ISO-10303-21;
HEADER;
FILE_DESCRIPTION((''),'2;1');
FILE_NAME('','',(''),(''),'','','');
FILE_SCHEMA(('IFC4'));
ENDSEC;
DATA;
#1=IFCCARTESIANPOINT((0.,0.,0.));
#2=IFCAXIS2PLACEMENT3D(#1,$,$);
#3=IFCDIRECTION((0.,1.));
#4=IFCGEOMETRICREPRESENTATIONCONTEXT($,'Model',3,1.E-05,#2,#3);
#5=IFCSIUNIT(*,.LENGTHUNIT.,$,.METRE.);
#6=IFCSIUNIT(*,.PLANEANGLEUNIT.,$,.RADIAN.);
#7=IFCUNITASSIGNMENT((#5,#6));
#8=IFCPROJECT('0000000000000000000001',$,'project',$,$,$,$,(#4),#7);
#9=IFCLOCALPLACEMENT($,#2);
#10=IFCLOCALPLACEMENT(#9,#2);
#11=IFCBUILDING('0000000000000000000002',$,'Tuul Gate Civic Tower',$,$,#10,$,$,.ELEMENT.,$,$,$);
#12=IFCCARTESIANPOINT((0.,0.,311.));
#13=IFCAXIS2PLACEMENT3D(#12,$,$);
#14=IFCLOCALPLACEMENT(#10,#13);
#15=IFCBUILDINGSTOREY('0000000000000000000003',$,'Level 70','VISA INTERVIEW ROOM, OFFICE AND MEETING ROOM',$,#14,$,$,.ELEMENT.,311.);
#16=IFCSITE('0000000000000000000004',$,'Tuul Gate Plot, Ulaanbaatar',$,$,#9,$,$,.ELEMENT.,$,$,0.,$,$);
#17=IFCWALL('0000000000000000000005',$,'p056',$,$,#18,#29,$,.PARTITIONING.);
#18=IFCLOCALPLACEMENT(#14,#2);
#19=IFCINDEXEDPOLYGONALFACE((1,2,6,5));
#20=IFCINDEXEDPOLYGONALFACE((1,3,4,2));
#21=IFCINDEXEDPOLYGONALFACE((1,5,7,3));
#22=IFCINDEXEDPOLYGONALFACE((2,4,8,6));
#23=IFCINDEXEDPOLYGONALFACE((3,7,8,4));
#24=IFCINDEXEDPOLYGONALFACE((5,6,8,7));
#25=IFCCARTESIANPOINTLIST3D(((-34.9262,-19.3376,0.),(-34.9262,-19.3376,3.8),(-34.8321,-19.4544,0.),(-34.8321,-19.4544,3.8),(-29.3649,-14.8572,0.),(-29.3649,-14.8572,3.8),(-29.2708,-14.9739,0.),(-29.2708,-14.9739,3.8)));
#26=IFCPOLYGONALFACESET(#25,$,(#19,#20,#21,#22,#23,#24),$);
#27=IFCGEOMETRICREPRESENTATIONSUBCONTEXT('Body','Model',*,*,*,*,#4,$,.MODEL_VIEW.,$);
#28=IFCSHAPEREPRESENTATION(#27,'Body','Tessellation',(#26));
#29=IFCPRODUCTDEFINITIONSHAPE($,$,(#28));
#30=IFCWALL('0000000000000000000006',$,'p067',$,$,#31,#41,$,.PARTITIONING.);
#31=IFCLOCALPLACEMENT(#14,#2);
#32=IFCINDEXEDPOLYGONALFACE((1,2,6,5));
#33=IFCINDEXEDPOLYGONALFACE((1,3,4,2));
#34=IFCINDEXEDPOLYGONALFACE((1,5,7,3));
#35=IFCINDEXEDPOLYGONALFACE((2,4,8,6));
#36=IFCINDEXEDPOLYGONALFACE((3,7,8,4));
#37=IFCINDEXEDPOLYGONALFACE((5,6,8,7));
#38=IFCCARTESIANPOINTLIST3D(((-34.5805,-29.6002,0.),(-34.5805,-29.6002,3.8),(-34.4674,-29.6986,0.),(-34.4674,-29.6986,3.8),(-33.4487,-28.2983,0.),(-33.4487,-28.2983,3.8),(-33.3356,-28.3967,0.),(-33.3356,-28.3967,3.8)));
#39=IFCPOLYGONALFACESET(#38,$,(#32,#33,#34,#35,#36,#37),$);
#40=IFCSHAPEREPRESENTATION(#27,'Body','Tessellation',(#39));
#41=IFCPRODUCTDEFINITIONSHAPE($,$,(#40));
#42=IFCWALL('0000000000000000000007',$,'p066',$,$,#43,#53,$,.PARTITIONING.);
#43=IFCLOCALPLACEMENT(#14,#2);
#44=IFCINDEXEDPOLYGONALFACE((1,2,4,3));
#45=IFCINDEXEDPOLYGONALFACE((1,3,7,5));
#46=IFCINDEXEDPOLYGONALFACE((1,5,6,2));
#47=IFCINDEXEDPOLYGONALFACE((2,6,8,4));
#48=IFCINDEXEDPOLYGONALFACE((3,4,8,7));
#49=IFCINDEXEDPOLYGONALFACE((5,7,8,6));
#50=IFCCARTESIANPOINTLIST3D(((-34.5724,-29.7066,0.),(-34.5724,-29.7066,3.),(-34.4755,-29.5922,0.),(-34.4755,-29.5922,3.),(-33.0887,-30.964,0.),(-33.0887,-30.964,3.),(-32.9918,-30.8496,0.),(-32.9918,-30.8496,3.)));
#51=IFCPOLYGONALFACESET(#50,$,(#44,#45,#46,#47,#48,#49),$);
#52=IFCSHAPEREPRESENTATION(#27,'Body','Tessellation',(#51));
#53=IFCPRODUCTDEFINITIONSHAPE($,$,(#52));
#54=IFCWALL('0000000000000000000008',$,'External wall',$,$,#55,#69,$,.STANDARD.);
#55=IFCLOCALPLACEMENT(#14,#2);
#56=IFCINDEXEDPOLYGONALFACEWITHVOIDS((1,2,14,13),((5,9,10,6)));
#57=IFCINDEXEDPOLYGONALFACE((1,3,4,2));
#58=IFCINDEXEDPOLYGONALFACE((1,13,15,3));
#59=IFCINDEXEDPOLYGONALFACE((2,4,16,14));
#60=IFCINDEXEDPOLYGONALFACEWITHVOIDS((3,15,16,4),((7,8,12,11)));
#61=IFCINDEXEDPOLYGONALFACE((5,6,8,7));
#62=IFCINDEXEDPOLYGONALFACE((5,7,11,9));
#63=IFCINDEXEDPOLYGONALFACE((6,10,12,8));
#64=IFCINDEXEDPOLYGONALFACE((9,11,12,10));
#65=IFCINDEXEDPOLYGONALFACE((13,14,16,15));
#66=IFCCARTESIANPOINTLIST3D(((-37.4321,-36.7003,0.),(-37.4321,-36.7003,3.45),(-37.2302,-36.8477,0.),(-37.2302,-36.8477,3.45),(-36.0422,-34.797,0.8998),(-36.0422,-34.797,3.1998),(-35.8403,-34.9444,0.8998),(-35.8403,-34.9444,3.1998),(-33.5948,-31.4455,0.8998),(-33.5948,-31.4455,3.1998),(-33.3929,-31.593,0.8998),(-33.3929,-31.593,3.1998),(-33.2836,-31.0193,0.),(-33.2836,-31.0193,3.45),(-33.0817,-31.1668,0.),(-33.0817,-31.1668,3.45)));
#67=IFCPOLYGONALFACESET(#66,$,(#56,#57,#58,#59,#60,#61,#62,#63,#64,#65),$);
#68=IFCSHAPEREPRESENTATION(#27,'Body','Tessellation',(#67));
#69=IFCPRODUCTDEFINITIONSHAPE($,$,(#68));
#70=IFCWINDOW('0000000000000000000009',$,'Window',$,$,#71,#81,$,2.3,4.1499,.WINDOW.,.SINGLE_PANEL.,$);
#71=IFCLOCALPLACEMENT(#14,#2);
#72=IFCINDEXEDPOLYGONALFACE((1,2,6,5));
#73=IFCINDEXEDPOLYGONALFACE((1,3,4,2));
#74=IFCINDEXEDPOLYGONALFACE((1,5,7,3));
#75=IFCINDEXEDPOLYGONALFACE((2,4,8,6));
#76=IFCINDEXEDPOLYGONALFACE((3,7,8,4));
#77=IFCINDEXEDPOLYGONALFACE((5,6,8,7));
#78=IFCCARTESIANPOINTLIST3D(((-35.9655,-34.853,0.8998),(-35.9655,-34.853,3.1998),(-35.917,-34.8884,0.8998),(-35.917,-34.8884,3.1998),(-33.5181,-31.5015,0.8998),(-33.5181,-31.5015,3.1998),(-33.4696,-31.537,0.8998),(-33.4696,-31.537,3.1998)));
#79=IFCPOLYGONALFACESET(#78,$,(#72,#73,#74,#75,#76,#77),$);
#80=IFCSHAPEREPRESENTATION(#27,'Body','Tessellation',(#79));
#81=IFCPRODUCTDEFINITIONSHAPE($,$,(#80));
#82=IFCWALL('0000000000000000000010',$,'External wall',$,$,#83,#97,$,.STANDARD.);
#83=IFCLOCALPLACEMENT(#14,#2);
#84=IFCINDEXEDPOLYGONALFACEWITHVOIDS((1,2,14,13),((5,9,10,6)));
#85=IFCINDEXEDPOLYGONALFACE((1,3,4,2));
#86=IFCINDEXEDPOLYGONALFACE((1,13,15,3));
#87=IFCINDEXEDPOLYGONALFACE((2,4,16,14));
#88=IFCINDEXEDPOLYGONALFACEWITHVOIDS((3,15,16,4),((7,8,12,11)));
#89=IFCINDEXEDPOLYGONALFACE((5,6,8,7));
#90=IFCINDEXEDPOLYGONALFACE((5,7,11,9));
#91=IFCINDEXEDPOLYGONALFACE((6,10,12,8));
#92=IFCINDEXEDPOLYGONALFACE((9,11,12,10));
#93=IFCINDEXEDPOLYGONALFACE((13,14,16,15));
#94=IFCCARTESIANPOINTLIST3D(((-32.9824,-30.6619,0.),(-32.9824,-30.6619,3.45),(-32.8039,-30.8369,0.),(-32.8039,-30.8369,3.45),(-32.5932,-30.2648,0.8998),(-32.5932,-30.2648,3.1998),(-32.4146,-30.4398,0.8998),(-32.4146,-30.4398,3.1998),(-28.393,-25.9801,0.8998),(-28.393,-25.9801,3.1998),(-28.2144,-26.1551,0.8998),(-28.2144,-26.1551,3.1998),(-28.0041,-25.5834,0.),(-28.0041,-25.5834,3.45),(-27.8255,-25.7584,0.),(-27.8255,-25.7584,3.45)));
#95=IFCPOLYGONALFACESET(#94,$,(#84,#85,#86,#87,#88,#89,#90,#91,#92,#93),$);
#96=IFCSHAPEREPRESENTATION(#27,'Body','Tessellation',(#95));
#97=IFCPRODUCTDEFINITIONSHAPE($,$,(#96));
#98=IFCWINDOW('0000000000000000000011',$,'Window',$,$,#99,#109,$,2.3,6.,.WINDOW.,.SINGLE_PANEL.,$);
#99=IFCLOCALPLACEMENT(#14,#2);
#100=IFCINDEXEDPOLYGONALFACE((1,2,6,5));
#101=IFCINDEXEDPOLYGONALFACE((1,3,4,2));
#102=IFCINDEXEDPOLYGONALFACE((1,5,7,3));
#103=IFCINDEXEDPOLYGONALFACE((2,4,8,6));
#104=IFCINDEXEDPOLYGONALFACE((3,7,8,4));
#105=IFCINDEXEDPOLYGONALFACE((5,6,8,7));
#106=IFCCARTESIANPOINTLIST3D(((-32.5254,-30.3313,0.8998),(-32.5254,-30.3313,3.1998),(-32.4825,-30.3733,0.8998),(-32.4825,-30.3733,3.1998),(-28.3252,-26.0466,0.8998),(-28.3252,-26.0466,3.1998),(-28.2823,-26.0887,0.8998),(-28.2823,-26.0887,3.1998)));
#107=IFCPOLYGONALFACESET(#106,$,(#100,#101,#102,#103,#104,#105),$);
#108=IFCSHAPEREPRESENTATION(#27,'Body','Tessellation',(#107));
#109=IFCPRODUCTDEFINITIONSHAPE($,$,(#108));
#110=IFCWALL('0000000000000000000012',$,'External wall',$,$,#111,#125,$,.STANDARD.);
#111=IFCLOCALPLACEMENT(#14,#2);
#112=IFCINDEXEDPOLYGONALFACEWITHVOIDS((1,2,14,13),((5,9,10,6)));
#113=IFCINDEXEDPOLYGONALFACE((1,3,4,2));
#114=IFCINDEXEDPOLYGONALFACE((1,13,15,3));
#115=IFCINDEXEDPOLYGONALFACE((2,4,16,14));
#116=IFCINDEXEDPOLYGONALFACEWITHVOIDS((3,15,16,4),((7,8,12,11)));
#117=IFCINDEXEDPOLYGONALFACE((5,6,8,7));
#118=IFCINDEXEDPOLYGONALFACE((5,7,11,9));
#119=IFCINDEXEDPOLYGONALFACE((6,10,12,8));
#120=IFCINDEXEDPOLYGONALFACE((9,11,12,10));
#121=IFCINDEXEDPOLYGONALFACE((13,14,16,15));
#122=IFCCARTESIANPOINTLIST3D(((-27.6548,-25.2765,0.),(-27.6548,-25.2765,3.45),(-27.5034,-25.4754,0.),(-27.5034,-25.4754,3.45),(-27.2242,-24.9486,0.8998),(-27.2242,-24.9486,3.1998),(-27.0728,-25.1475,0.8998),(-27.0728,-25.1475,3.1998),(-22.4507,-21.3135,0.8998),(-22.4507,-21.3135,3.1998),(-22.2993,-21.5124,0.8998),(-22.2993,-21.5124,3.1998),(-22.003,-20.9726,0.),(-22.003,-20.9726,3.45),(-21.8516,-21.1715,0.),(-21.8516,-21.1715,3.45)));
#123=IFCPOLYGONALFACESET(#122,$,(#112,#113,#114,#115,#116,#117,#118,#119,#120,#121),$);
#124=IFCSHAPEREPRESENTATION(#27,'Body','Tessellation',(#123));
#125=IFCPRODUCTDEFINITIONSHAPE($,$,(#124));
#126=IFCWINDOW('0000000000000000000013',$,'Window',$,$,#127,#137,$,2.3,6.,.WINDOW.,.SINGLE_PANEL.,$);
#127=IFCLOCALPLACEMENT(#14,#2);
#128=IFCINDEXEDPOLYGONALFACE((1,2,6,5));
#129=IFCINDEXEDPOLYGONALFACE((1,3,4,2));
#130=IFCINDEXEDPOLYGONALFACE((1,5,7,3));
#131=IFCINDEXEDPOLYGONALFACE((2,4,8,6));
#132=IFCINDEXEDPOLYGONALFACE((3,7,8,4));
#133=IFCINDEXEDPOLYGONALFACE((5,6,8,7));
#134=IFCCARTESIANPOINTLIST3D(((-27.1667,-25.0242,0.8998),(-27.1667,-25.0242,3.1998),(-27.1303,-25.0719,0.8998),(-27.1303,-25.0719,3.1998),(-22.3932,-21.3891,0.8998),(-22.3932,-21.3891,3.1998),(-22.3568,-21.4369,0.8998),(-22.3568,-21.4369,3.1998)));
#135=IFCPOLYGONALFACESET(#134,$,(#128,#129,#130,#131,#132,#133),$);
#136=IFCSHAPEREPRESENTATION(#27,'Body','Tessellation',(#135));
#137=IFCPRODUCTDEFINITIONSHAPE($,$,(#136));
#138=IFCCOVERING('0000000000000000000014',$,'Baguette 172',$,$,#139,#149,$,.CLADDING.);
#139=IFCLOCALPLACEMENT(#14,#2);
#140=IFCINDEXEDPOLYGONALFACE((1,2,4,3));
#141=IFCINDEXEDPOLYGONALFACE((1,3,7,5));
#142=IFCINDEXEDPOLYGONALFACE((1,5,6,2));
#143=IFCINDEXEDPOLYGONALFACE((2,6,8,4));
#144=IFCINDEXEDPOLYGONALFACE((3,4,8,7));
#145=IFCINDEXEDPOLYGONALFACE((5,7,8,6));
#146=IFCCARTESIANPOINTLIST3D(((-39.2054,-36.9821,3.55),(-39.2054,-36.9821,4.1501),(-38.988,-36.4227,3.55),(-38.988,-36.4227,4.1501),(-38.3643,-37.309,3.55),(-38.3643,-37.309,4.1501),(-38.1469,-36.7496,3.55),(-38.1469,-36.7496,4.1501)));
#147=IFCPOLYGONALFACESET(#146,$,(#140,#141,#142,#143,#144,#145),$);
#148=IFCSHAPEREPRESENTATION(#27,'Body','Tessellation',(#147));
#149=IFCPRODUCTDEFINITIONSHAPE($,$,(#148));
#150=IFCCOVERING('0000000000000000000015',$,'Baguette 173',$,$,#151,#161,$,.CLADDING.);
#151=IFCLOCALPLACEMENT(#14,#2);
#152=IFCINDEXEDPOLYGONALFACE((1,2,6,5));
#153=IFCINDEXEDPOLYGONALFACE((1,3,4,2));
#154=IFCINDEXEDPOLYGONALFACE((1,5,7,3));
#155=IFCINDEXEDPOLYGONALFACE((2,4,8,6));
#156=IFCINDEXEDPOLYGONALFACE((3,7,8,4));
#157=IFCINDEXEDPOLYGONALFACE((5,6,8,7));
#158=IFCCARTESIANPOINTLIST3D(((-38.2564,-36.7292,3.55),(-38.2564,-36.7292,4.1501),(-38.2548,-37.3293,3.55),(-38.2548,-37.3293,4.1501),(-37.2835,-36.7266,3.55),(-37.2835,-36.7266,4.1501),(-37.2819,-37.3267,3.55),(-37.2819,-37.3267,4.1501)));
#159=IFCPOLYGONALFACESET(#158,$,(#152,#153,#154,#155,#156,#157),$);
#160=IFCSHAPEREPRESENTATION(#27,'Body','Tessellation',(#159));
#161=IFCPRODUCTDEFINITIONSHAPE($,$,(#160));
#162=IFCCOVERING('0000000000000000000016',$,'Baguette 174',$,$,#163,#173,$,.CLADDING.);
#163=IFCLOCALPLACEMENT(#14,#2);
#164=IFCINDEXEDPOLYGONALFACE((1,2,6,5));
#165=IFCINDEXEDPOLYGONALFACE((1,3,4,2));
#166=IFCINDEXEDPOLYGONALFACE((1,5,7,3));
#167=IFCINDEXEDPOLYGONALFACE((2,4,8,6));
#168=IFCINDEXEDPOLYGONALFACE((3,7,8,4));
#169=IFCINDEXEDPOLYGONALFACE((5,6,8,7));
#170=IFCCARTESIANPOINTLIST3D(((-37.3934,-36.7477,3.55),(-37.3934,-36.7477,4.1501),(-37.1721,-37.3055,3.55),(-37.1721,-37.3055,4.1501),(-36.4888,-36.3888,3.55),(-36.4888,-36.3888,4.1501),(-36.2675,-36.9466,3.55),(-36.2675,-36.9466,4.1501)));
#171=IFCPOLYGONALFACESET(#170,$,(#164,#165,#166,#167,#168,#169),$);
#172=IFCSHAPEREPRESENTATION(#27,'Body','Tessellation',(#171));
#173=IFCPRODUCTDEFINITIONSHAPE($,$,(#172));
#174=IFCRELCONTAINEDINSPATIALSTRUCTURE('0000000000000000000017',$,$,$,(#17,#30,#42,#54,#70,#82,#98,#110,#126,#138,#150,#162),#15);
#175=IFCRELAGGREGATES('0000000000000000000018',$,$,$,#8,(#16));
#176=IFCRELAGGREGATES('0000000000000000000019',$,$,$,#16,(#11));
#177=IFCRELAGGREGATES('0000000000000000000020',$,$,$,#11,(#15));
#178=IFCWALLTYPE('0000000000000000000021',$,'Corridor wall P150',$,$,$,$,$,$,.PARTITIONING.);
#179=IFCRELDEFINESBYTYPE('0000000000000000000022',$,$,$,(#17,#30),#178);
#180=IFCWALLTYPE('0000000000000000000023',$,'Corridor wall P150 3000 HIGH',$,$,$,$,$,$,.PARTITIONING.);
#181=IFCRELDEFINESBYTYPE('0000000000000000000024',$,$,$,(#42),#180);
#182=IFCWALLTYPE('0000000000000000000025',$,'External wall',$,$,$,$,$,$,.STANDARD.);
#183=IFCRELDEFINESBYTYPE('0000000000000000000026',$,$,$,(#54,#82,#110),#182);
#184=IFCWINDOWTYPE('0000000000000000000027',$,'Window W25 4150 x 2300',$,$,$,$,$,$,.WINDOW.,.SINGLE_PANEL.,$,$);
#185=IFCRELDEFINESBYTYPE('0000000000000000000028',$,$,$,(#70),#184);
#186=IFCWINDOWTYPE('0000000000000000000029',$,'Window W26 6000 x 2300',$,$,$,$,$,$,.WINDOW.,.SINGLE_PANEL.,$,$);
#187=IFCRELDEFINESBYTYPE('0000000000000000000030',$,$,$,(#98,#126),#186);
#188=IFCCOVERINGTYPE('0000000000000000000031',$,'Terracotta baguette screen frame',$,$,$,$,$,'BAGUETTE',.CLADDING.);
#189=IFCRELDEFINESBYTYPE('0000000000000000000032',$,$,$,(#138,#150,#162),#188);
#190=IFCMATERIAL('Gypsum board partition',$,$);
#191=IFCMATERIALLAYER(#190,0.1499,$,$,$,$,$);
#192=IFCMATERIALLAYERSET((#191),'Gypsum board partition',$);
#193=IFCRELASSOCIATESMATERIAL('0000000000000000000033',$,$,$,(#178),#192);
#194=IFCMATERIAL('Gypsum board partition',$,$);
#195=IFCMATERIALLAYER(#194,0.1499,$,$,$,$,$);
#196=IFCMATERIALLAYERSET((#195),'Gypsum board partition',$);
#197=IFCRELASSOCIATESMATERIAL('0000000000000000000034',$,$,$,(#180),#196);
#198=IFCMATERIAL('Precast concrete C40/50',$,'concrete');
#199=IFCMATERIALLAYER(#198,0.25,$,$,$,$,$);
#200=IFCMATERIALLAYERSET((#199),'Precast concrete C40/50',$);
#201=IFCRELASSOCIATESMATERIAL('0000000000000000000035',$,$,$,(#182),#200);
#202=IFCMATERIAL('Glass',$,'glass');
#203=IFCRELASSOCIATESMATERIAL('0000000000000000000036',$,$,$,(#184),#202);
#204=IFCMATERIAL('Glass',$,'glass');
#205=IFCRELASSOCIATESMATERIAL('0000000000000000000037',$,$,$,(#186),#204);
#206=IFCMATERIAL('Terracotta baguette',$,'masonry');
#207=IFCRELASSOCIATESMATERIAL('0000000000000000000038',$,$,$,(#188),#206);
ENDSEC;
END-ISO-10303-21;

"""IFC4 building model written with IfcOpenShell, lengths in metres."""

from ifc_helpers import new_model, si_unit, direction, frame, frame_2d, origin, origin_2d, place, context, subcontext, project, spatial, rectangle, extrude, material, layer, layer_set, material_profile, profile_set, type_object, element, fill, save


model = new_model("IFC4")

# Units and contexts
model_context = context("Model", 3, precision=1e-05, world=origin(), true_north=direction((0.0, 1.0)))
body_context = subcontext(model_context, "Body", "Model", "MODEL_VIEW")
ifc_project = project(units=[si_unit("LENGTHUNIT", "METRE"), si_unit("PLANEANGLEUNIT", "RADIAN")], contexts=[model_context])

# Site, building, storey
site_placement = place(None, origin())
site = spatial("IfcSite", under=ifc_project, at=site_placement, Name="Tuul Gate Plot, Ulaanbaatar", CompositionType="ELEMENT", RefElevation=0.0)
building_placement = place(site_placement, origin())
building = spatial("IfcBuilding", under=site, at=building_placement, Name="Tuul Gate Civic Tower", CompositionType="ELEMENT")
storey_placement = place(building_placement, frame((0.0, 0.0, 311.0)))
storey = spatial("IfcBuildingStorey", under=building, at=storey_placement, Name="Level 70", Description="VISA INTERVIEW ROOM, OFFICE AND MEETING ROOM", CompositionType="ELEMENT", Elevation=311.0)

# Walls
ifc_material_1 = material(Name="Gypsum board partition")
ifc_layer_1 = layer(ifc_material_1, 0.1499)
ifc_layer_set_1 = layer_set([ifc_layer_1], Name="Gypsum board partition")
wall_type_1 = type_object("IfcWallType", Name="Corridor wall P150", PredefinedType="PARTITIONING", material=ifc_layer_set_1)
wall_1_placement = place(storey_placement, frame((-34.8792, -19.396, 0.0), z_axis=(0.0, 0.0, 1.0), x_axis=(0.778716, 0.627376, 0.0)))
element("IfcWall", 1, at=wall_1_placement, inside=storey, type_object=wall_type_1, Name="p056", PredefinedType="PARTITIONING", context=body_context, shape_type="SweptSolid", body=[
    extrude(rectangle(XDim=7.1416, YDim=0.1499, at=frame_2d((3.5708, 0.0))), origin(), (0.0, 0.0, 1.0), 3.8),
])
wall_2_placement = place(storey_placement, frame((-34.5239, -29.6494, 0.0), z_axis=(0.0, 0.0, 1.0), x_axis=(0.656067, 0.754703, 0.0)))
element("IfcWall", 2, at=wall_2_placement, inside=storey, type_object=wall_type_1, Name="p067", PredefinedType="PARTITIONING", context=body_context, shape_type="SweptSolid", body=[
    extrude(rectangle(XDim=1.7251, YDim=0.1499, at=frame_2d((0.8625, 0.0))), origin(), (0.0, 0.0, 1.0), 3.8),
])
ifc_material_2 = material(Name="Gypsum board partition")
ifc_layer_2 = layer(ifc_material_2, 0.1499)
ifc_layer_set_2 = layer_set([ifc_layer_2], Name="Gypsum board partition")
wall_type_2 = type_object("IfcWallType", Name="Corridor wall P150 3000 HIGH", PredefinedType="PARTITIONING", material=ifc_layer_set_2)
wall_3_placement = place(storey_placement, frame((-34.5239, -29.6494, 0.0), z_axis=(0.0, 0.0, 1.0), x_axis=(0.762896, -0.646522, 0.0)))
element("IfcWall", 3, at=wall_3_placement, inside=storey, type_object=wall_type_2, Name="p066", PredefinedType="PARTITIONING", context=body_context, shape_type="SweptSolid", body=[
    extrude(rectangle(XDim=1.9448, YDim=0.1499, at=frame_2d((0.9724, 0.0))), origin(), (0.0, 0.0, 1.0), 3.0),
])

# Walls, openings, windows
ifc_material_3 = material(Name="Precast concrete C40/50", Category="concrete")
ifc_layer_3 = layer(ifc_material_3, 0.25)
ifc_layer_set_3 = layer_set([ifc_layer_3], Name="Precast concrete C40/50")
wall_type_3 = type_object("IfcWallType", Name="External wall", PredefinedType="STANDARD", material=ifc_layer_set_3)
wall_4_placement = place(storey_placement, frame((-37.3311, -36.7739, 0.0), z_axis=(0.0, 0.0, 1.0), x_axis=(0.589739, 0.807594, 0.0)))
wall_4 = element("IfcWall", 4, at=wall_4_placement, inside=storey, type_object=wall_type_3, Name="External wall", PredefinedType="STANDARD", context=body_context, shape_type="SweptSolid", body=[
    extrude(rectangle(XDim=7.0344, YDim=0.25, at=frame_2d((3.5171, 0.0))), origin(), (0.0, 0.0, 1.0), 3.45),
])
opening_1_placement = place(wall_4_placement, frame((2.3567, 0.0, 0.8999)))
opening_1 = element("IfcOpeningElement", 5, at=opening_1_placement, cuts=wall_4, PredefinedType="OPENING", context=body_context, shape_type="SweptSolid", body=[
    extrude(rectangle(XDim=4.1499, YDim=2.3, at=frame_2d((2.075, 1.1499))), frame((0.0, 0.135, 0.0), z_axis=(0.0, -1.0, 0.0), x_axis=(1.0, 0.0, 0.0)), (0.0, 0.0, 1.0), 0.27),
])
ifc_material_4 = material(Name="Glass", Category="glass")
window_type_1 = type_object("IfcWindowType", Name="Window W25 4150 x 2300", PartitioningType="SINGLE_PANEL", PredefinedType="WINDOW", material=ifc_material_4)
window_1_placement = place(opening_1_placement, origin())
window_1 = element("IfcWindow", 6, at=window_1_placement, inside=storey, type_object=window_type_1, Name="Window", OverallHeight=2.3, OverallWidth=4.1499, PartitioningType="SINGLE_PANEL", PredefinedType="WINDOW", context=body_context, shape_type="SweptSolid", body=[
    extrude(rectangle(XDim=4.1499, YDim=2.3, at=frame_2d((2.075, 1.1499))), frame((0.0, 0.03, 0.0), z_axis=(0.0, -1.0, 0.0), x_axis=(1.0, 0.0, 0.0)), (0.0, 0.0, 1.0), 0.0601),
])
fill(opening_1, window_1)
wall_5_placement = place(storey_placement, frame((-32.8931, -30.7493, 0.0), z_axis=(0.0, 0.0, 1.0), x_axis=(0.700034, 0.71411, 0.0)))
wall_5 = element("IfcWall", 7, at=wall_5_placement, inside=storey, type_object=wall_type_3, Name="External wall", PredefinedType="STANDARD", context=body_context, shape_type="SweptSolid", body=[
    extrude(rectangle(XDim=7.1116, YDim=0.25, at=frame_2d((3.5557, 0.0))), origin(), (0.0, 0.0, 1.0), 3.45),
])
opening_2_placement = place(wall_5_placement, frame((0.5559, 0.0, 0.8999)))
opening_2 = element("IfcOpeningElement", 8, at=opening_2_placement, cuts=wall_5, PredefinedType="OPENING", context=body_context, shape_type="SweptSolid", body=[
    extrude(rectangle(XDim=6.0, YDim=2.3, at=frame_2d((3.0, 1.1499))), frame((0.0, 0.135, 0.0), z_axis=(0.0, -1.0, 0.0), x_axis=(1.0, 0.0, 0.0)), (0.0, 0.0, 1.0), 0.27),
])
ifc_material_5 = material(Name="Glass", Category="glass")
window_type_2 = type_object("IfcWindowType", Name="Window W26 6000 x 2300", PartitioningType="SINGLE_PANEL", PredefinedType="WINDOW", material=ifc_material_5)
window_2_placement = place(opening_2_placement, origin())
window_2 = element("IfcWindow", 9, at=window_2_placement, inside=storey, type_object=window_type_2, Name="Window", OverallHeight=2.3, OverallWidth=6.0, PartitioningType="SINGLE_PANEL", PredefinedType="WINDOW", context=body_context, shape_type="SweptSolid", body=[
    extrude(rectangle(XDim=6.0, YDim=2.3, at=frame_2d((3.0, 1.1499))), frame((0.0, 0.03, 0.0), z_axis=(0.0, -1.0, 0.0), x_axis=(1.0, 0.0, 0.0)), (0.0, 0.0, 1.0), 0.0601),
])
fill(opening_2, window_2)
wall_6_placement = place(storey_placement, frame((-27.5791, -25.376, 0.0), z_axis=(0.0, 0.0, 1.0), x_axis=(0.795582, 0.605845, 0.0)))
wall_6 = element("IfcWall", 10, at=wall_6_placement, inside=storey, type_object=wall_type_3, Name="External wall", PredefinedType="STANDARD", context=body_context, shape_type="SweptSolid", body=[
    extrude(rectangle(XDim=7.104, YDim=0.25, at=frame_2d((3.552, 0.0))), origin(), (0.0, 0.0, 1.0), 3.45),
])
opening_3_placement = place(wall_6_placement, frame((0.5413, 0.0, 0.8999)))
opening_3 = element("IfcOpeningElement", 11, at=opening_3_placement, cuts=wall_6, PredefinedType="OPENING", context=body_context, shape_type="SweptSolid", body=[
    extrude(rectangle(XDim=6.0, YDim=2.3, at=frame_2d((3.0, 1.1499))), frame((0.0, 0.135, 0.0), z_axis=(0.0, -1.0, 0.0), x_axis=(1.0, 0.0, 0.0)), (0.0, 0.0, 1.0), 0.27),
])
window_3_placement = place(opening_3_placement, origin())
window_3 = element("IfcWindow", 12, at=window_3_placement, inside=storey, type_object=window_type_2, Name="Window", OverallHeight=2.3, OverallWidth=6.0, PartitioningType="SINGLE_PANEL", PredefinedType="WINDOW", context=body_context, shape_type="SweptSolid", body=[
    extrude(rectangle(XDim=6.0, YDim=2.3, at=frame_2d((3.0, 1.1499))), frame((0.0, 0.03, 0.0), z_axis=(0.0, -1.0, 0.0), x_axis=(1.0, 0.0, 0.0)), (0.0, 0.0, 1.0), 0.0601),
])
fill(opening_3, window_3)

# Coverings
ifc_material_6 = material(Name="Terracotta baguette", Category="masonry")
ifc_material_profile_1 = material_profile(ifc_material_6, rectangle(XDim=0.6001, YDim=0.6001, at=origin_2d()), Name="Terracotta baguette screen frame")
ifc_profile_set_1 = profile_set([ifc_material_profile_1], Name="Terracotta baguette")
covering_type = type_object("IfcCoveringType", Name="Terracotta baguette screen frame", ElementType="BAGUETTE", PredefinedType="CLADDING", material=ifc_profile_set_1)
covering_1_placement = place(storey_placement, frame((-39.0967, -36.7024, 3.8501), z_axis=(0.932071, -0.362277, 0.0), x_axis=(0.362277, 0.932071, 0.0)))
element("IfcCovering", 13, at=covering_1_placement, inside=storey, type_object=covering_type, Name="Baguette 172", PredefinedType="CLADDING", context=body_context, shape_type="SweptSolid", body=[
    extrude(rectangle(XDim=0.6001, YDim=0.6001, at=origin_2d()), origin(), (0.0, 0.0, 1.0), 0.9023),
])
covering_2_placement = place(storey_placement, frame((-38.2556, -37.0293, 3.8501), z_axis=(0.999996, 0.00276, 0.0), x_axis=(-0.00276, 0.999996, 0.0)))
element("IfcCovering", 14, at=covering_2_placement, inside=storey, type_object=covering_type, Name="Baguette 173", PredefinedType="CLADDING", context=body_context, shape_type="SweptSolid", body=[
    extrude(rectangle(XDim=0.6001, YDim=0.6001, at=origin_2d()), origin(), (0.0, 0.0, 1.0), 0.9729),
])
covering_3_placement = place(storey_placement, frame((-37.2827, -37.0266, 3.8501), z_axis=(0.929511, 0.368794, 0.0), x_axis=(-0.368794, 0.929511, 0.0)))
element("IfcCovering", 15, at=covering_3_placement, inside=storey, type_object=covering_type, Name="Baguette 174", PredefinedType="CLADDING", context=body_context, shape_type="SweptSolid", body=[
    extrude(rectangle(XDim=0.6001, YDim=0.6001, at=origin_2d()), origin(), (0.0, 0.0, 1.0), 0.9731),
])

save(model, "model.ifc")
